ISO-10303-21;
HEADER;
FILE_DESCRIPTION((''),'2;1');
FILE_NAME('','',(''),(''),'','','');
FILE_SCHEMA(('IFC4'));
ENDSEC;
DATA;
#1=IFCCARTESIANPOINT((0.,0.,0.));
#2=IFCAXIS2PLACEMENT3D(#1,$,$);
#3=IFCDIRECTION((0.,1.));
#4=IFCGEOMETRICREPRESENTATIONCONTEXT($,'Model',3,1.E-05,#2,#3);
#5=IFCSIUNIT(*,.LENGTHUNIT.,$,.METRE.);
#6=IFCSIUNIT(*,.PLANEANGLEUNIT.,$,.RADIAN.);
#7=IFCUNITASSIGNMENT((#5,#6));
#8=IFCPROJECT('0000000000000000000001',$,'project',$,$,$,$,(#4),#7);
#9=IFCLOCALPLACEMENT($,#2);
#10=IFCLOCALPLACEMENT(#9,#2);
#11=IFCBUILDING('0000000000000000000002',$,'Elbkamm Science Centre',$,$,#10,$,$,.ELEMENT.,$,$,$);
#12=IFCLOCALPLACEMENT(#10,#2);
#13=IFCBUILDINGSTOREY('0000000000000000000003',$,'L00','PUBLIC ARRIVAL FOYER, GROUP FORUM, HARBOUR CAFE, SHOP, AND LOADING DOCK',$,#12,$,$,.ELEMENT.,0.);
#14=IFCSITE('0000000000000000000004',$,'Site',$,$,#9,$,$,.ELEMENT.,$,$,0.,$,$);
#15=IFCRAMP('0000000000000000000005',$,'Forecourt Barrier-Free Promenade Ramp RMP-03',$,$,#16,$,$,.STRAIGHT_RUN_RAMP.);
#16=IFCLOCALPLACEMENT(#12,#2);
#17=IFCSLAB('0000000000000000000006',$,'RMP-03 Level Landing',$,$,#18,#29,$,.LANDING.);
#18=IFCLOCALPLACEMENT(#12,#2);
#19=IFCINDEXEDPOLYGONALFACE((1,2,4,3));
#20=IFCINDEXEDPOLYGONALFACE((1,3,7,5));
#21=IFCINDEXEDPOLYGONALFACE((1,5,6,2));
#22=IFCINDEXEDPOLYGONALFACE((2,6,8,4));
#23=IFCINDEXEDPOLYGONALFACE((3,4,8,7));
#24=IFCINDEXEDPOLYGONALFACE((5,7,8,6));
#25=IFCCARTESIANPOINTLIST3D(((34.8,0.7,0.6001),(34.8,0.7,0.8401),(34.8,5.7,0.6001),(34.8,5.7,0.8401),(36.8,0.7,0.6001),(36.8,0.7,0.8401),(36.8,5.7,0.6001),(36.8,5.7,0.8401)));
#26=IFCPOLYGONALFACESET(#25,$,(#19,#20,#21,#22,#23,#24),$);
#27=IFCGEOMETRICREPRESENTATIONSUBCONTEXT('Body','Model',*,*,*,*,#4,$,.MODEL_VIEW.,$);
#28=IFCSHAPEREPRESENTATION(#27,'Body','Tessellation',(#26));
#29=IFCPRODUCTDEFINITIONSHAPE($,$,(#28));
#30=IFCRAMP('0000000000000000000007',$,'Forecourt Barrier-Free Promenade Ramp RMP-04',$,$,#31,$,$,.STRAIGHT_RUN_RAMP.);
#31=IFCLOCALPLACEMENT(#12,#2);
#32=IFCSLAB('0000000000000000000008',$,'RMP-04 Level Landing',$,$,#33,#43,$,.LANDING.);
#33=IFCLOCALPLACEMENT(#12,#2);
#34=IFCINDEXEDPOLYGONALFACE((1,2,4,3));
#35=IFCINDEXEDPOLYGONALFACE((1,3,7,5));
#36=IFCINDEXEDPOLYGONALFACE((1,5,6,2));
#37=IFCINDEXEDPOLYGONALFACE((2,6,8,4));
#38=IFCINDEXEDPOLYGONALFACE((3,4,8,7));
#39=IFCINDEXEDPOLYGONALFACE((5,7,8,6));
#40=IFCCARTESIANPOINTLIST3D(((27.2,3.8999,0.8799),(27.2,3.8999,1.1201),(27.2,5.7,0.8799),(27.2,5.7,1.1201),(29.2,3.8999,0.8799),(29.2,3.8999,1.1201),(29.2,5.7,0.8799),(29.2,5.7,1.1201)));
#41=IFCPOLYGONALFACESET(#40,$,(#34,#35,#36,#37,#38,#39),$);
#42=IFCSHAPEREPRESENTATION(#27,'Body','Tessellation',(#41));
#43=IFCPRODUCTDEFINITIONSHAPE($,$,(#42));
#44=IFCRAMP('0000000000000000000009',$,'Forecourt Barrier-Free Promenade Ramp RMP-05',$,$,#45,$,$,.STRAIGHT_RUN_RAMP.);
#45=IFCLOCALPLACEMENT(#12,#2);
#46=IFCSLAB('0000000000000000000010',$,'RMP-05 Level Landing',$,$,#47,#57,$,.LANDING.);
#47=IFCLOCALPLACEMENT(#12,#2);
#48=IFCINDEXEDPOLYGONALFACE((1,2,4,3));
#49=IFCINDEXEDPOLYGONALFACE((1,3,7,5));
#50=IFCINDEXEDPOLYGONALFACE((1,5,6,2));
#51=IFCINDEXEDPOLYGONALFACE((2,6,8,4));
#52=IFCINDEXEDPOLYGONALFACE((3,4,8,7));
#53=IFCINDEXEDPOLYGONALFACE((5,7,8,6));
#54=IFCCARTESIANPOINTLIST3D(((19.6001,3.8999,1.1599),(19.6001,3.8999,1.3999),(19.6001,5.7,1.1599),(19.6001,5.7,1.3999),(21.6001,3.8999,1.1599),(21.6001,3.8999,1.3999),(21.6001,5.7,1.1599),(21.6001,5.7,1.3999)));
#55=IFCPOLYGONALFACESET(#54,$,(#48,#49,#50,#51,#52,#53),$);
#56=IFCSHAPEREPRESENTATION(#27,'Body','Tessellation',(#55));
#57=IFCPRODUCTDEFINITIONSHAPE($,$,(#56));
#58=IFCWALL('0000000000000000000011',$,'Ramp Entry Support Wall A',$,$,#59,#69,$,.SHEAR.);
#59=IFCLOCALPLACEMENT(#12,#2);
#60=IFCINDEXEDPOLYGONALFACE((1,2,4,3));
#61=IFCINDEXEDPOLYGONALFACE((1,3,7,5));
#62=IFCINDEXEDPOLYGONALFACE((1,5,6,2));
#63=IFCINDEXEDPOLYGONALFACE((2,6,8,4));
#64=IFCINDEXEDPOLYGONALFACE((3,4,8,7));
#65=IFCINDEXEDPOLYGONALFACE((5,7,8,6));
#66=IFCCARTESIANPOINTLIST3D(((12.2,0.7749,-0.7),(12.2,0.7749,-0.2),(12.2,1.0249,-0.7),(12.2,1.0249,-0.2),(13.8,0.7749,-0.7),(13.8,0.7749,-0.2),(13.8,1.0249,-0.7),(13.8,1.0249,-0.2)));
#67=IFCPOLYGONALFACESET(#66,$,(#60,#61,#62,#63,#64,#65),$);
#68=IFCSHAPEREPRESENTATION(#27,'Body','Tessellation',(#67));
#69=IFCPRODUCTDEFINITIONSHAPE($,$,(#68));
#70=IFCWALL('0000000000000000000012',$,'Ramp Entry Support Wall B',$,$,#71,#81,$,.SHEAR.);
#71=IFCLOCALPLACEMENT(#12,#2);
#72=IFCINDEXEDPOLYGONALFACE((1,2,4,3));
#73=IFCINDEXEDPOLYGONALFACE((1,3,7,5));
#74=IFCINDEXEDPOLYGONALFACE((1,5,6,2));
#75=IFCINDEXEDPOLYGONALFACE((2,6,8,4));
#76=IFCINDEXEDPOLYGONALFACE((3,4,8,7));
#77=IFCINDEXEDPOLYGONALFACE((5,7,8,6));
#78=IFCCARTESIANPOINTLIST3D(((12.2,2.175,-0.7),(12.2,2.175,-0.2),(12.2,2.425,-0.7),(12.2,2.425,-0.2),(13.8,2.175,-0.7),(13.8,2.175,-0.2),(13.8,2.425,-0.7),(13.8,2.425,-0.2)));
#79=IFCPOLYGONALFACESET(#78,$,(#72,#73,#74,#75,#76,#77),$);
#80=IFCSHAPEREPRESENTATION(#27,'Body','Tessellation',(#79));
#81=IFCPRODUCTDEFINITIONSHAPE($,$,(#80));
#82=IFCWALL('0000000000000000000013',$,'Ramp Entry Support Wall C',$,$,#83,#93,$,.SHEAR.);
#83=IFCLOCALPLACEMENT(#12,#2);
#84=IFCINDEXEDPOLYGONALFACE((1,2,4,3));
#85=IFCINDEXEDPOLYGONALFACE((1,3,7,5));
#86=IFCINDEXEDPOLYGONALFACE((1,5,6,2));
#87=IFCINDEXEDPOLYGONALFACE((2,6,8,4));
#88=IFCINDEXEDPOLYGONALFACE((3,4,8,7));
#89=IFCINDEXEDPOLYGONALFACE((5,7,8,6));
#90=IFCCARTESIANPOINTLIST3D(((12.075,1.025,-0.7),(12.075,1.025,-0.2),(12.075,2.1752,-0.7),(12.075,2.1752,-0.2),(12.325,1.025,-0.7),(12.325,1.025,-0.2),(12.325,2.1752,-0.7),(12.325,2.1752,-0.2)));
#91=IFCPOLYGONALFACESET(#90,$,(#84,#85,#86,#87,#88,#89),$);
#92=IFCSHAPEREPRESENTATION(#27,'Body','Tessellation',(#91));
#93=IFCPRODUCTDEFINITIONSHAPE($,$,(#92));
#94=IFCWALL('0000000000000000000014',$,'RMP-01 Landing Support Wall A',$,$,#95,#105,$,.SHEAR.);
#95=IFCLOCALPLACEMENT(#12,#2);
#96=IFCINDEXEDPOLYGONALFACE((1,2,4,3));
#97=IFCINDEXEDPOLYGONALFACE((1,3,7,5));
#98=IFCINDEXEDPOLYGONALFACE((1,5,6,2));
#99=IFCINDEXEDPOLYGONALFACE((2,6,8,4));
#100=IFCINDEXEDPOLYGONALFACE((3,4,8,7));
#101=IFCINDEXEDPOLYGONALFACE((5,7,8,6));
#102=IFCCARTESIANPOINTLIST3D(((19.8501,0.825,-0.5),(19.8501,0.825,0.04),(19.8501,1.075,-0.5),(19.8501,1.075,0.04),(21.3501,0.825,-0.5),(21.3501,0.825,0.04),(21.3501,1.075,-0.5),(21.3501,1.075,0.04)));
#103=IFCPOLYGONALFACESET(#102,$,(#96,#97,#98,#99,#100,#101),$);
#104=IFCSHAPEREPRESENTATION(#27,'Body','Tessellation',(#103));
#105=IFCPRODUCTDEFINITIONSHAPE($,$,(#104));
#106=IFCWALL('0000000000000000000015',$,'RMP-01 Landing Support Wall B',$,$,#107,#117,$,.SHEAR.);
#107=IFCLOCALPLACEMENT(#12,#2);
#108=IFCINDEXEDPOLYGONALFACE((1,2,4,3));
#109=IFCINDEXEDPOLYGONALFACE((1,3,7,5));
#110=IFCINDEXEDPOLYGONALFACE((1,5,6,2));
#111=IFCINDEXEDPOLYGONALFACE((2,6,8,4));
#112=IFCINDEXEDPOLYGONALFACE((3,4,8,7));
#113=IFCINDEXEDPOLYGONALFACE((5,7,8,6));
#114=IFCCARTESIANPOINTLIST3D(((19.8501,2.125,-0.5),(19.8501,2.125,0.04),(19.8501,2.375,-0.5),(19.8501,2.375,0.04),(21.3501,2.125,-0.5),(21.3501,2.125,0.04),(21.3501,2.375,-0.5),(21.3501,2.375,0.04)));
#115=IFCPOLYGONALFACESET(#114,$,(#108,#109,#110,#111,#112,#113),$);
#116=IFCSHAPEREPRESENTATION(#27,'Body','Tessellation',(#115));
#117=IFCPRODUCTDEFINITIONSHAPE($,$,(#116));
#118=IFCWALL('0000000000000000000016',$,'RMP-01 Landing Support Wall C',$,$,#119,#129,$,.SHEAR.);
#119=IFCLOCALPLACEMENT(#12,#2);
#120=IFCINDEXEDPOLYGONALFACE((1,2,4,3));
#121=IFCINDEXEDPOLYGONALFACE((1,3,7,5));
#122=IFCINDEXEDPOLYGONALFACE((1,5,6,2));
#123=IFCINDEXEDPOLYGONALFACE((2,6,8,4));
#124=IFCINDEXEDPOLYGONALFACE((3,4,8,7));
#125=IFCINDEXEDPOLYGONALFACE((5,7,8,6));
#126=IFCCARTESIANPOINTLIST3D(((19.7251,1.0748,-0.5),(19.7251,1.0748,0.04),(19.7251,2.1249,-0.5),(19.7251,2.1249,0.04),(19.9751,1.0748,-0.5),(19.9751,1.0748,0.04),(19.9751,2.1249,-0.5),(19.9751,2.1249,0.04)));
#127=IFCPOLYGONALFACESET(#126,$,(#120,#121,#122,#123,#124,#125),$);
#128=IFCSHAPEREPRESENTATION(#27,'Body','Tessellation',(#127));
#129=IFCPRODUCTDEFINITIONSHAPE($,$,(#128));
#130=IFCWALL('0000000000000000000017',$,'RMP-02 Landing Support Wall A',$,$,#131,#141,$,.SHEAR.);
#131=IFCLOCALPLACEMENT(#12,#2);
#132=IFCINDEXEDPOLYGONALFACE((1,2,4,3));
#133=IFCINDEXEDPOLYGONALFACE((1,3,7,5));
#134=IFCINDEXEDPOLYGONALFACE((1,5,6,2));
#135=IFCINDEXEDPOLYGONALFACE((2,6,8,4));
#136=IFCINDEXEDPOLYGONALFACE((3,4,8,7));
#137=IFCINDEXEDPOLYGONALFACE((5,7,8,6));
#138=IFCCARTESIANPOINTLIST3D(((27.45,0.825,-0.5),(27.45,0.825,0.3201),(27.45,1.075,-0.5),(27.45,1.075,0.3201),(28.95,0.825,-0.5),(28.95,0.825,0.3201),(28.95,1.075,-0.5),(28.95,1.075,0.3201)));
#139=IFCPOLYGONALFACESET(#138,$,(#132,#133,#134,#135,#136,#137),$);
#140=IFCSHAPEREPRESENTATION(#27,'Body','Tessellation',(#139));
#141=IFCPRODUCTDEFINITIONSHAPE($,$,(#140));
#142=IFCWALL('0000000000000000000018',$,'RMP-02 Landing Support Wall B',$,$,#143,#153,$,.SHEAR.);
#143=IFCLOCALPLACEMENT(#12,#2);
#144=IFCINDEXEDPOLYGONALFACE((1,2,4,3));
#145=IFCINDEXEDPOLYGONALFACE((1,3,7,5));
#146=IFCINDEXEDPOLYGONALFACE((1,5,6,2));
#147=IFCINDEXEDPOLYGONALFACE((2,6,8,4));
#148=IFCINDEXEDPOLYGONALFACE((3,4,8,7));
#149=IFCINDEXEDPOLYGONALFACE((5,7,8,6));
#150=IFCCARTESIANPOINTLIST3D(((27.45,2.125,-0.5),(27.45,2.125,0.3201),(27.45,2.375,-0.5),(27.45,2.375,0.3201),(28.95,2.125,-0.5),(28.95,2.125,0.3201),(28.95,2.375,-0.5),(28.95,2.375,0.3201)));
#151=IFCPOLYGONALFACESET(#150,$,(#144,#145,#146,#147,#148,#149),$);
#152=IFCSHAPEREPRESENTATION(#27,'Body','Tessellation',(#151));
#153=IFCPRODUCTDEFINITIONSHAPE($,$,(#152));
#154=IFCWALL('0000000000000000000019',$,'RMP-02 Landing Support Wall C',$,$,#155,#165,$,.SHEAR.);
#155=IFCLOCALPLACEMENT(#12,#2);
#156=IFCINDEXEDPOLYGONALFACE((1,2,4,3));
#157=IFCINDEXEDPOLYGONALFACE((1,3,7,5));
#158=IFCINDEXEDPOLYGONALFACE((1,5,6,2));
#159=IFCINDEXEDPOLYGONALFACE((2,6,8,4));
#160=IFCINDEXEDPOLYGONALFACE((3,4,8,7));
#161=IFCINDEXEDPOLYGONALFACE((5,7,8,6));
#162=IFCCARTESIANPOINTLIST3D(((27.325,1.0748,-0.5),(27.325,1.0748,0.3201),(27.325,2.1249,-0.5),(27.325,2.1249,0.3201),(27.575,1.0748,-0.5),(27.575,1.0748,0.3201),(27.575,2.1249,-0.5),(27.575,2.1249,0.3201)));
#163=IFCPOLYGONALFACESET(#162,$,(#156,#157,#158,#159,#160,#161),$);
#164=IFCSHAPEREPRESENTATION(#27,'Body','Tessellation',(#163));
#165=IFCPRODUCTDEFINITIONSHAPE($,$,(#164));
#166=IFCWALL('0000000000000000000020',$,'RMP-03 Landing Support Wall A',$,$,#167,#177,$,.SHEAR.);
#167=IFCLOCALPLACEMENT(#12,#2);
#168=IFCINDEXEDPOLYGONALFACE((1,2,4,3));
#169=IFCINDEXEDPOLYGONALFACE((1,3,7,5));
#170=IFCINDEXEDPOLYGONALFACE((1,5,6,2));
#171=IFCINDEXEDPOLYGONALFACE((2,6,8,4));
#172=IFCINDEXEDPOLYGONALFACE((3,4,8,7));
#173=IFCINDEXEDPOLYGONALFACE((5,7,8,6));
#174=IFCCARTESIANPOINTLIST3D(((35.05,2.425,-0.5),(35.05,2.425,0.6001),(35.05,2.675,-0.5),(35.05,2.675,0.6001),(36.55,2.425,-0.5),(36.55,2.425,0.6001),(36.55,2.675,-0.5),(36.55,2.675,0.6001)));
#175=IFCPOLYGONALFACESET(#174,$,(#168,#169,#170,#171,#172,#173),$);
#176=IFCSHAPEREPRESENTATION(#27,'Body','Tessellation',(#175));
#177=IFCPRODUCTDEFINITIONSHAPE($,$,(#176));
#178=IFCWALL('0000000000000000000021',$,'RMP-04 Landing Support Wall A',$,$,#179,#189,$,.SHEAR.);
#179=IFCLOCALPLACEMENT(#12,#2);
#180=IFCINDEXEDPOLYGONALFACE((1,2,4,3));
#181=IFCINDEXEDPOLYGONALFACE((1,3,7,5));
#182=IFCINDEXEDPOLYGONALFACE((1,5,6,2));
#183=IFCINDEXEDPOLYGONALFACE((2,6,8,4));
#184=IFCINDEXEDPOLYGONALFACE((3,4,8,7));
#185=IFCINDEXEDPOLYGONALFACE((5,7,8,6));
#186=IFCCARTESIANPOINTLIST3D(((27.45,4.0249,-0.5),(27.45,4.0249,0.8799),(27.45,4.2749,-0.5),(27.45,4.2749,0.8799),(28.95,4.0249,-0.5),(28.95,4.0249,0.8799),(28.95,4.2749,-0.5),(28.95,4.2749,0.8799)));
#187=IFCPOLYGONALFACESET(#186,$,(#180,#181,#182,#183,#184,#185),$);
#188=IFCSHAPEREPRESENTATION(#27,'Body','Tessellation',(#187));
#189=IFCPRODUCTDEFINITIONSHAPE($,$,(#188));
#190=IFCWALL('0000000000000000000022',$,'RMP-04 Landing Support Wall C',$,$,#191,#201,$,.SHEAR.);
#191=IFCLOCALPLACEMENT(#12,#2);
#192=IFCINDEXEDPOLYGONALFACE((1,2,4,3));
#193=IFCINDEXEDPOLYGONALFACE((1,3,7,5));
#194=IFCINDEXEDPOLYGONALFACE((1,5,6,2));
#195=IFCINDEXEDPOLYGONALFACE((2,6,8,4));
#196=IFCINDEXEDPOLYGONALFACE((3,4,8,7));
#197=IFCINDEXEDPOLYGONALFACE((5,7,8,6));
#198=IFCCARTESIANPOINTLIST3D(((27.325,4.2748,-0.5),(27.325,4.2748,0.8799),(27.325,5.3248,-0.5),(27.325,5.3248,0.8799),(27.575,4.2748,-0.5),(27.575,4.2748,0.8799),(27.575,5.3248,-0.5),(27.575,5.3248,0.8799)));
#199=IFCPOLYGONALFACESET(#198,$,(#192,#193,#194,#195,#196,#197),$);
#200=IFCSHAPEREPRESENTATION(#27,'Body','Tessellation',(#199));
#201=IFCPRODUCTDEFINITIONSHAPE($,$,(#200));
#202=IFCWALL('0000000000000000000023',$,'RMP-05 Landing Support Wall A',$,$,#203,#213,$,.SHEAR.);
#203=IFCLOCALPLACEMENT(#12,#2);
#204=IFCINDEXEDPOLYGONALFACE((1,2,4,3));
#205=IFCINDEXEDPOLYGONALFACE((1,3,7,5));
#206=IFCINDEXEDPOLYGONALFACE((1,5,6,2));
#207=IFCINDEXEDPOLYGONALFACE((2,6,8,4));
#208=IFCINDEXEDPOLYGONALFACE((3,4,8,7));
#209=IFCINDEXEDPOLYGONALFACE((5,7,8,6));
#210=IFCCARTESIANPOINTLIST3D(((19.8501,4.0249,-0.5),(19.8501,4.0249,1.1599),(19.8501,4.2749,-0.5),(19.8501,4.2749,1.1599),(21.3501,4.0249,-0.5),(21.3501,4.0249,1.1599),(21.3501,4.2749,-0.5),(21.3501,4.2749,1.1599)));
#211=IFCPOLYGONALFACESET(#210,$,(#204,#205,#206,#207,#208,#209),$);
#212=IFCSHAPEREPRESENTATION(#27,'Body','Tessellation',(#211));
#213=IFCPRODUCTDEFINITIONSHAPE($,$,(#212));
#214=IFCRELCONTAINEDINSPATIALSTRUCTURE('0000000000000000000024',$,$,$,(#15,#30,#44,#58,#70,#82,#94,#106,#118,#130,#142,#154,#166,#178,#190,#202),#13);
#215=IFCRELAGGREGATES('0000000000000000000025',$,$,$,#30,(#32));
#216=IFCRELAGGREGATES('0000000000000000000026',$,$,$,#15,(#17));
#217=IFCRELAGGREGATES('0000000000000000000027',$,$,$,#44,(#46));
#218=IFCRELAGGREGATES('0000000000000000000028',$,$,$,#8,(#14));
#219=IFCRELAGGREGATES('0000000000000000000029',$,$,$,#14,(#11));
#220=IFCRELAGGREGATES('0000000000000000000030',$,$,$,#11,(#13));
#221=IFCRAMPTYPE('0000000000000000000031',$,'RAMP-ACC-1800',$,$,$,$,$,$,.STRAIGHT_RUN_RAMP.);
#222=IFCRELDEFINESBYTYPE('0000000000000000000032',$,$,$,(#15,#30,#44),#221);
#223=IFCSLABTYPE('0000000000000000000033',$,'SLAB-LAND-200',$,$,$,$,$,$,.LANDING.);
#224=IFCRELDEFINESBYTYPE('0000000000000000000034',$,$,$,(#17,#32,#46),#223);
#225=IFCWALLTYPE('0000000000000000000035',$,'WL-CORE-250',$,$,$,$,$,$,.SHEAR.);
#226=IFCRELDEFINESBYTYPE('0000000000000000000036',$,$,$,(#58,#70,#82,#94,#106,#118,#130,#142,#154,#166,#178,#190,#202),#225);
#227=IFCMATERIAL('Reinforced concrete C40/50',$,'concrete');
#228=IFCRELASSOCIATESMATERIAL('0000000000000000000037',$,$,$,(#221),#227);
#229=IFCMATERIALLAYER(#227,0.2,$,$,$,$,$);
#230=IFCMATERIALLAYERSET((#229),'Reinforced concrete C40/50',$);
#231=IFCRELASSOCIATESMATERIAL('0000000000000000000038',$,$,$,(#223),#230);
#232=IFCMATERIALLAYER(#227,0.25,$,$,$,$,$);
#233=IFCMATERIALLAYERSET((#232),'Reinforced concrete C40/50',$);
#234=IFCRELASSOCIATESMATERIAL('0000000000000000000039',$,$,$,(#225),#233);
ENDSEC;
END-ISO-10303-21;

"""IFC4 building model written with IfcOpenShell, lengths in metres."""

from ifc_helpers import new_model, si_unit, direction, frame, frame_2d, origin, place, context, subcontext, project, spatial, polyline, rectangle, outline, extrude, material, layer, layer_set, type_object, element, aggregate, save


model = new_model("IFC4")

# Units and contexts
model_context = context("Model", 3, precision=1e-05, world=origin(), true_north=direction((0.0, 1.0)))
body_context = subcontext(model_context, "Body", "Model", "MODEL_VIEW")
ifc_project = project(units=[si_unit("LENGTHUNIT", "METRE"), si_unit("PLANEANGLEUNIT", "RADIAN")], contexts=[model_context])

# Site, building, storey
site_placement = place(None, origin())
site = spatial("IfcSite", under=ifc_project, at=site_placement, Name="Site", CompositionType="ELEMENT", RefElevation=0.0)
building_placement = place(site_placement, origin())
building = spatial("IfcBuilding", under=site, at=building_placement, Name="Elbkamm Science Centre", CompositionType="ELEMENT")
storey_placement = place(building_placement, origin())
storey = spatial("IfcBuildingStorey", under=building, at=storey_placement, Name="L00", Description="PUBLIC ARRIVAL FOYER, GROUP FORUM, HARBOUR CAFE, SHOP, AND LOADING DOCK", CompositionType="ELEMENT", Elevation=0.0)

# Ramps, slabs
ifc_material_1 = material(Name="Reinforced concrete C40/50", Category="concrete")
ramp_type = type_object("IfcRampType", Name="RAMP-ACC-1800", PredefinedType="STRAIGHT_RUN_RAMP", material=ifc_material_1)
ramp_1_placement = place(storey_placement, origin())
ramp_1 = element("IfcRamp", 1, at=ramp_1_placement, inside=storey, type_object=ramp_type, Name="Forecourt Barrier-Free Promenade Ramp RMP-03", PredefinedType="STRAIGHT_RUN_RAMP")
ifc_layer_1 = layer(ifc_material_1, 0.2)
ifc_layer_set_1 = layer_set([ifc_layer_1], Name="Reinforced concrete C40/50")
slab_type = type_object("IfcSlabType", Name="SLAB-LAND-200", PredefinedType="LANDING", material=ifc_layer_set_1)
slab_1_placement = place(storey_placement, frame((0.0, 0.0, 0.6001)))
slab_1 = element("IfcSlab", 2, at=slab_1_placement, type_object=slab_type, Name="RMP-03 Level Landing", PredefinedType="LANDING", context=body_context, shape_type="SweptSolid", body=[
    extrude(outline(polyline([(34.8, 0.7), (36.8, 0.7), (36.8, 5.7), (34.8, 5.7), (34.8, 0.7)])), origin(), (0.0, 0.0, 1.0), 0.24),
])
ramp_2_placement = place(storey_placement, origin())
ramp_2 = element("IfcRamp", 3, at=ramp_2_placement, inside=storey, type_object=ramp_type, Name="Forecourt Barrier-Free Promenade Ramp RMP-04", PredefinedType="STRAIGHT_RUN_RAMP")
slab_2_placement = place(storey_placement, frame((0.0, 0.0, 0.8799)))
slab_2 = element("IfcSlab", 4, at=slab_2_placement, type_object=slab_type, Name="RMP-04 Level Landing", PredefinedType="LANDING", context=body_context, shape_type="SweptSolid", body=[
    extrude(outline(polyline([(27.2, 3.8999), (29.2, 3.8999), (29.2, 5.7), (27.2, 5.7), (27.2, 3.8999)])), origin(), (0.0, 0.0, 1.0), 0.2402),
])
aggregate(ramp_2, [slab_2])
ramp_3_placement = place(storey_placement, origin())
ramp_3 = element("IfcRamp", 5, at=ramp_3_placement, inside=storey, type_object=ramp_type, Name="Forecourt Barrier-Free Promenade Ramp RMP-05", PredefinedType="STRAIGHT_RUN_RAMP")
slab_3_placement = place(storey_placement, frame((0.0, 0.0, 1.1599)))
slab_3 = element("IfcSlab", 6, at=slab_3_placement, type_object=slab_type, Name="RMP-05 Level Landing", PredefinedType="LANDING", context=body_context, shape_type="SweptSolid", body=[
    extrude(outline(polyline([(19.6001, 3.8999), (21.6001, 3.8999), (21.6001, 5.7), (19.6001, 5.7), (19.6001, 3.8999)])), origin(), (0.0, 0.0, 1.0), 0.24),
])

# Walls
ifc_layer_2 = layer(ifc_material_1, 0.25)
ifc_layer_set_2 = layer_set([ifc_layer_2], Name="Reinforced concrete C40/50")
wall_type = type_object("IfcWallType", Name="WL-CORE-250", PredefinedType="SHEAR", material=ifc_layer_set_2)
for number, where, z_axis, x_axis, name in (
    (7, (12.2, 0.8999, -0.7), (0.0, 0.0, 1.0), (1.0, 0.0, 0.0), "Ramp Entry Support Wall A"),
    (8, (12.2, 2.3, -0.7), (0.0, 0.0, 1.0), (1.0, 0.0, 0.0), "Ramp Entry Support Wall B"),
):
    element("IfcWall", number, at=place(storey_placement, frame(where, z_axis=z_axis, x_axis=x_axis)), inside=storey, type_object=wall_type, Name=name, PredefinedType="SHEAR", context=body_context, shape_type="SweptSolid", body=[
        extrude(rectangle(XDim=1.6001, YDim=0.25, at=frame_2d((0.8, 0.0))), origin(), (0.0, 0.0, 1.0), 0.5),
    ])
wall_1_placement = place(storey_placement, frame((12.2, 1.0249, -0.7), z_axis=(0.0, 0.0, 1.0), x_axis=(0.0, 1.0, 0.0)))
element("IfcWall", 9, at=wall_1_placement, inside=storey, type_object=wall_type, Name="Ramp Entry Support Wall C", PredefinedType="SHEAR", context=body_context, shape_type="SweptSolid", body=[
    extrude(rectangle(XDim=1.1501, YDim=0.25, at=frame_2d((0.5752, 0.0))), origin(), (0.0, 0.0, 1.0), 0.5),
])
for number, where, z_axis, x_axis, name in (
    (10, (19.8501, 0.95, -0.5), (0.0, 0.0, 1.0), (1.0, 0.0, 0.0), "RMP-01 Landing Support Wall A"),
    (11, (19.8501, 2.25, -0.5), (0.0, 0.0, 1.0), (1.0, 0.0, 0.0), "RMP-01 Landing Support Wall B"),
):
    element("IfcWall", number, at=place(storey_placement, frame(where, z_axis=z_axis, x_axis=x_axis)), inside=storey, type_object=wall_type, Name=name, PredefinedType="SHEAR", context=body_context, shape_type="SweptSolid", body=[
        extrude(rectangle(XDim=1.5, YDim=0.25, at=frame_2d((0.75, 0.0))), origin(), (0.0, 0.0, 1.0), 0.54),
    ])
wall_2_placement = place(storey_placement, frame((19.8501, 1.075, -0.5), z_axis=(0.0, 0.0, 1.0), x_axis=(0.0, 1.0, 0.0)))
element("IfcWall", 12, at=wall_2_placement, inside=storey, type_object=wall_type, Name="RMP-01 Landing Support Wall C", PredefinedType="SHEAR", context=body_context, shape_type="SweptSolid", body=[
    extrude(rectangle(XDim=1.05, YDim=0.25, at=frame_2d((0.5249, 0.0))), origin(), (0.0, 0.0, 1.0), 0.54),
])
for number, where, z_axis, x_axis, name in (
    (13, (27.45, 0.95, -0.5), (0.0, 0.0, 1.0), (1.0, 0.0, 0.0), "RMP-02 Landing Support Wall A"),
    (14, (27.45, 2.25, -0.5), (0.0, 0.0, 1.0), (1.0, 0.0, 0.0), "RMP-02 Landing Support Wall B"),
):
    element("IfcWall", number, at=place(storey_placement, frame(where, z_axis=z_axis, x_axis=x_axis)), inside=storey, type_object=wall_type, Name=name, PredefinedType="SHEAR", context=body_context, shape_type="SweptSolid", body=[
        extrude(rectangle(XDim=1.5, YDim=0.25, at=frame_2d((0.75, 0.0))), origin(), (0.0, 0.0, 1.0), 0.8201),
    ])
wall_3_placement = place(storey_placement, frame((27.45, 1.075, -0.5), z_axis=(0.0, 0.0, 1.0), x_axis=(0.0, 1.0, 0.0)))
element("IfcWall", 15, at=wall_3_placement, inside=storey, type_object=wall_type, Name="RMP-02 Landing Support Wall C", PredefinedType="SHEAR", context=body_context, shape_type="SweptSolid", body=[
    extrude(rectangle(XDim=1.05, YDim=0.25, at=frame_2d((0.5249, 0.0))), origin(), (0.0, 0.0, 1.0), 0.8201),
])
wall_4_placement = place(storey_placement, frame((35.05, 2.55, -0.5), z_axis=(0.0, 0.0, 1.0), x_axis=(1.0, 0.0, 0.0)))
element("IfcWall", 16, at=wall_4_placement, inside=storey, type_object=wall_type, Name="RMP-03 Landing Support Wall A", PredefinedType="SHEAR", context=body_context, shape_type="SweptSolid", body=[
    extrude(rectangle(XDim=1.5, YDim=0.25, at=frame_2d((0.75, 0.0))), origin(), (0.0, 0.0, 1.0), 1.1001),
])
wall_5_placement = place(storey_placement, frame((27.45, 4.1499, -0.5), z_axis=(0.0, 0.0, 1.0), x_axis=(1.0, 0.0, 0.0)))
element("IfcWall", 17, at=wall_5_placement, inside=storey, type_object=wall_type, Name="RMP-04 Landing Support Wall A", PredefinedType="SHEAR", context=body_context, shape_type="SweptSolid", body=[
    extrude(rectangle(XDim=1.5, YDim=0.25, at=frame_2d((0.75, 0.0))), origin(), (0.0, 0.0, 1.0), 1.3799),
])
wall_6_placement = place(storey_placement, frame((27.45, 4.2749, -0.5), z_axis=(0.0, 0.0, 1.0), x_axis=(0.0, 1.0, 0.0)))
element("IfcWall", 18, at=wall_6_placement, inside=storey, type_object=wall_type, Name="RMP-04 Landing Support Wall C", PredefinedType="SHEAR", context=body_context, shape_type="SweptSolid", body=[
    extrude(rectangle(XDim=1.05, YDim=0.25, at=frame_2d((0.5249, 0.0))), origin(), (0.0, 0.0, 1.0), 1.3799),
])
wall_7_placement = place(storey_placement, frame((19.8501, 4.1499, -0.5), z_axis=(0.0, 0.0, 1.0), x_axis=(1.0, 0.0, 0.0)))
element("IfcWall", 19, at=wall_7_placement, inside=storey, type_object=wall_type, Name="RMP-05 Landing Support Wall A", PredefinedType="SHEAR", context=body_context, shape_type="SweptSolid", body=[
    extrude(rectangle(XDim=1.5, YDim=0.25, at=frame_2d((0.75, 0.0))), origin(), (0.0, 0.0, 1.0), 1.6599),
])

aggregate(ramp_1, [slab_1])
aggregate(ramp_3, [slab_3])

save(model, "model.ifc")
